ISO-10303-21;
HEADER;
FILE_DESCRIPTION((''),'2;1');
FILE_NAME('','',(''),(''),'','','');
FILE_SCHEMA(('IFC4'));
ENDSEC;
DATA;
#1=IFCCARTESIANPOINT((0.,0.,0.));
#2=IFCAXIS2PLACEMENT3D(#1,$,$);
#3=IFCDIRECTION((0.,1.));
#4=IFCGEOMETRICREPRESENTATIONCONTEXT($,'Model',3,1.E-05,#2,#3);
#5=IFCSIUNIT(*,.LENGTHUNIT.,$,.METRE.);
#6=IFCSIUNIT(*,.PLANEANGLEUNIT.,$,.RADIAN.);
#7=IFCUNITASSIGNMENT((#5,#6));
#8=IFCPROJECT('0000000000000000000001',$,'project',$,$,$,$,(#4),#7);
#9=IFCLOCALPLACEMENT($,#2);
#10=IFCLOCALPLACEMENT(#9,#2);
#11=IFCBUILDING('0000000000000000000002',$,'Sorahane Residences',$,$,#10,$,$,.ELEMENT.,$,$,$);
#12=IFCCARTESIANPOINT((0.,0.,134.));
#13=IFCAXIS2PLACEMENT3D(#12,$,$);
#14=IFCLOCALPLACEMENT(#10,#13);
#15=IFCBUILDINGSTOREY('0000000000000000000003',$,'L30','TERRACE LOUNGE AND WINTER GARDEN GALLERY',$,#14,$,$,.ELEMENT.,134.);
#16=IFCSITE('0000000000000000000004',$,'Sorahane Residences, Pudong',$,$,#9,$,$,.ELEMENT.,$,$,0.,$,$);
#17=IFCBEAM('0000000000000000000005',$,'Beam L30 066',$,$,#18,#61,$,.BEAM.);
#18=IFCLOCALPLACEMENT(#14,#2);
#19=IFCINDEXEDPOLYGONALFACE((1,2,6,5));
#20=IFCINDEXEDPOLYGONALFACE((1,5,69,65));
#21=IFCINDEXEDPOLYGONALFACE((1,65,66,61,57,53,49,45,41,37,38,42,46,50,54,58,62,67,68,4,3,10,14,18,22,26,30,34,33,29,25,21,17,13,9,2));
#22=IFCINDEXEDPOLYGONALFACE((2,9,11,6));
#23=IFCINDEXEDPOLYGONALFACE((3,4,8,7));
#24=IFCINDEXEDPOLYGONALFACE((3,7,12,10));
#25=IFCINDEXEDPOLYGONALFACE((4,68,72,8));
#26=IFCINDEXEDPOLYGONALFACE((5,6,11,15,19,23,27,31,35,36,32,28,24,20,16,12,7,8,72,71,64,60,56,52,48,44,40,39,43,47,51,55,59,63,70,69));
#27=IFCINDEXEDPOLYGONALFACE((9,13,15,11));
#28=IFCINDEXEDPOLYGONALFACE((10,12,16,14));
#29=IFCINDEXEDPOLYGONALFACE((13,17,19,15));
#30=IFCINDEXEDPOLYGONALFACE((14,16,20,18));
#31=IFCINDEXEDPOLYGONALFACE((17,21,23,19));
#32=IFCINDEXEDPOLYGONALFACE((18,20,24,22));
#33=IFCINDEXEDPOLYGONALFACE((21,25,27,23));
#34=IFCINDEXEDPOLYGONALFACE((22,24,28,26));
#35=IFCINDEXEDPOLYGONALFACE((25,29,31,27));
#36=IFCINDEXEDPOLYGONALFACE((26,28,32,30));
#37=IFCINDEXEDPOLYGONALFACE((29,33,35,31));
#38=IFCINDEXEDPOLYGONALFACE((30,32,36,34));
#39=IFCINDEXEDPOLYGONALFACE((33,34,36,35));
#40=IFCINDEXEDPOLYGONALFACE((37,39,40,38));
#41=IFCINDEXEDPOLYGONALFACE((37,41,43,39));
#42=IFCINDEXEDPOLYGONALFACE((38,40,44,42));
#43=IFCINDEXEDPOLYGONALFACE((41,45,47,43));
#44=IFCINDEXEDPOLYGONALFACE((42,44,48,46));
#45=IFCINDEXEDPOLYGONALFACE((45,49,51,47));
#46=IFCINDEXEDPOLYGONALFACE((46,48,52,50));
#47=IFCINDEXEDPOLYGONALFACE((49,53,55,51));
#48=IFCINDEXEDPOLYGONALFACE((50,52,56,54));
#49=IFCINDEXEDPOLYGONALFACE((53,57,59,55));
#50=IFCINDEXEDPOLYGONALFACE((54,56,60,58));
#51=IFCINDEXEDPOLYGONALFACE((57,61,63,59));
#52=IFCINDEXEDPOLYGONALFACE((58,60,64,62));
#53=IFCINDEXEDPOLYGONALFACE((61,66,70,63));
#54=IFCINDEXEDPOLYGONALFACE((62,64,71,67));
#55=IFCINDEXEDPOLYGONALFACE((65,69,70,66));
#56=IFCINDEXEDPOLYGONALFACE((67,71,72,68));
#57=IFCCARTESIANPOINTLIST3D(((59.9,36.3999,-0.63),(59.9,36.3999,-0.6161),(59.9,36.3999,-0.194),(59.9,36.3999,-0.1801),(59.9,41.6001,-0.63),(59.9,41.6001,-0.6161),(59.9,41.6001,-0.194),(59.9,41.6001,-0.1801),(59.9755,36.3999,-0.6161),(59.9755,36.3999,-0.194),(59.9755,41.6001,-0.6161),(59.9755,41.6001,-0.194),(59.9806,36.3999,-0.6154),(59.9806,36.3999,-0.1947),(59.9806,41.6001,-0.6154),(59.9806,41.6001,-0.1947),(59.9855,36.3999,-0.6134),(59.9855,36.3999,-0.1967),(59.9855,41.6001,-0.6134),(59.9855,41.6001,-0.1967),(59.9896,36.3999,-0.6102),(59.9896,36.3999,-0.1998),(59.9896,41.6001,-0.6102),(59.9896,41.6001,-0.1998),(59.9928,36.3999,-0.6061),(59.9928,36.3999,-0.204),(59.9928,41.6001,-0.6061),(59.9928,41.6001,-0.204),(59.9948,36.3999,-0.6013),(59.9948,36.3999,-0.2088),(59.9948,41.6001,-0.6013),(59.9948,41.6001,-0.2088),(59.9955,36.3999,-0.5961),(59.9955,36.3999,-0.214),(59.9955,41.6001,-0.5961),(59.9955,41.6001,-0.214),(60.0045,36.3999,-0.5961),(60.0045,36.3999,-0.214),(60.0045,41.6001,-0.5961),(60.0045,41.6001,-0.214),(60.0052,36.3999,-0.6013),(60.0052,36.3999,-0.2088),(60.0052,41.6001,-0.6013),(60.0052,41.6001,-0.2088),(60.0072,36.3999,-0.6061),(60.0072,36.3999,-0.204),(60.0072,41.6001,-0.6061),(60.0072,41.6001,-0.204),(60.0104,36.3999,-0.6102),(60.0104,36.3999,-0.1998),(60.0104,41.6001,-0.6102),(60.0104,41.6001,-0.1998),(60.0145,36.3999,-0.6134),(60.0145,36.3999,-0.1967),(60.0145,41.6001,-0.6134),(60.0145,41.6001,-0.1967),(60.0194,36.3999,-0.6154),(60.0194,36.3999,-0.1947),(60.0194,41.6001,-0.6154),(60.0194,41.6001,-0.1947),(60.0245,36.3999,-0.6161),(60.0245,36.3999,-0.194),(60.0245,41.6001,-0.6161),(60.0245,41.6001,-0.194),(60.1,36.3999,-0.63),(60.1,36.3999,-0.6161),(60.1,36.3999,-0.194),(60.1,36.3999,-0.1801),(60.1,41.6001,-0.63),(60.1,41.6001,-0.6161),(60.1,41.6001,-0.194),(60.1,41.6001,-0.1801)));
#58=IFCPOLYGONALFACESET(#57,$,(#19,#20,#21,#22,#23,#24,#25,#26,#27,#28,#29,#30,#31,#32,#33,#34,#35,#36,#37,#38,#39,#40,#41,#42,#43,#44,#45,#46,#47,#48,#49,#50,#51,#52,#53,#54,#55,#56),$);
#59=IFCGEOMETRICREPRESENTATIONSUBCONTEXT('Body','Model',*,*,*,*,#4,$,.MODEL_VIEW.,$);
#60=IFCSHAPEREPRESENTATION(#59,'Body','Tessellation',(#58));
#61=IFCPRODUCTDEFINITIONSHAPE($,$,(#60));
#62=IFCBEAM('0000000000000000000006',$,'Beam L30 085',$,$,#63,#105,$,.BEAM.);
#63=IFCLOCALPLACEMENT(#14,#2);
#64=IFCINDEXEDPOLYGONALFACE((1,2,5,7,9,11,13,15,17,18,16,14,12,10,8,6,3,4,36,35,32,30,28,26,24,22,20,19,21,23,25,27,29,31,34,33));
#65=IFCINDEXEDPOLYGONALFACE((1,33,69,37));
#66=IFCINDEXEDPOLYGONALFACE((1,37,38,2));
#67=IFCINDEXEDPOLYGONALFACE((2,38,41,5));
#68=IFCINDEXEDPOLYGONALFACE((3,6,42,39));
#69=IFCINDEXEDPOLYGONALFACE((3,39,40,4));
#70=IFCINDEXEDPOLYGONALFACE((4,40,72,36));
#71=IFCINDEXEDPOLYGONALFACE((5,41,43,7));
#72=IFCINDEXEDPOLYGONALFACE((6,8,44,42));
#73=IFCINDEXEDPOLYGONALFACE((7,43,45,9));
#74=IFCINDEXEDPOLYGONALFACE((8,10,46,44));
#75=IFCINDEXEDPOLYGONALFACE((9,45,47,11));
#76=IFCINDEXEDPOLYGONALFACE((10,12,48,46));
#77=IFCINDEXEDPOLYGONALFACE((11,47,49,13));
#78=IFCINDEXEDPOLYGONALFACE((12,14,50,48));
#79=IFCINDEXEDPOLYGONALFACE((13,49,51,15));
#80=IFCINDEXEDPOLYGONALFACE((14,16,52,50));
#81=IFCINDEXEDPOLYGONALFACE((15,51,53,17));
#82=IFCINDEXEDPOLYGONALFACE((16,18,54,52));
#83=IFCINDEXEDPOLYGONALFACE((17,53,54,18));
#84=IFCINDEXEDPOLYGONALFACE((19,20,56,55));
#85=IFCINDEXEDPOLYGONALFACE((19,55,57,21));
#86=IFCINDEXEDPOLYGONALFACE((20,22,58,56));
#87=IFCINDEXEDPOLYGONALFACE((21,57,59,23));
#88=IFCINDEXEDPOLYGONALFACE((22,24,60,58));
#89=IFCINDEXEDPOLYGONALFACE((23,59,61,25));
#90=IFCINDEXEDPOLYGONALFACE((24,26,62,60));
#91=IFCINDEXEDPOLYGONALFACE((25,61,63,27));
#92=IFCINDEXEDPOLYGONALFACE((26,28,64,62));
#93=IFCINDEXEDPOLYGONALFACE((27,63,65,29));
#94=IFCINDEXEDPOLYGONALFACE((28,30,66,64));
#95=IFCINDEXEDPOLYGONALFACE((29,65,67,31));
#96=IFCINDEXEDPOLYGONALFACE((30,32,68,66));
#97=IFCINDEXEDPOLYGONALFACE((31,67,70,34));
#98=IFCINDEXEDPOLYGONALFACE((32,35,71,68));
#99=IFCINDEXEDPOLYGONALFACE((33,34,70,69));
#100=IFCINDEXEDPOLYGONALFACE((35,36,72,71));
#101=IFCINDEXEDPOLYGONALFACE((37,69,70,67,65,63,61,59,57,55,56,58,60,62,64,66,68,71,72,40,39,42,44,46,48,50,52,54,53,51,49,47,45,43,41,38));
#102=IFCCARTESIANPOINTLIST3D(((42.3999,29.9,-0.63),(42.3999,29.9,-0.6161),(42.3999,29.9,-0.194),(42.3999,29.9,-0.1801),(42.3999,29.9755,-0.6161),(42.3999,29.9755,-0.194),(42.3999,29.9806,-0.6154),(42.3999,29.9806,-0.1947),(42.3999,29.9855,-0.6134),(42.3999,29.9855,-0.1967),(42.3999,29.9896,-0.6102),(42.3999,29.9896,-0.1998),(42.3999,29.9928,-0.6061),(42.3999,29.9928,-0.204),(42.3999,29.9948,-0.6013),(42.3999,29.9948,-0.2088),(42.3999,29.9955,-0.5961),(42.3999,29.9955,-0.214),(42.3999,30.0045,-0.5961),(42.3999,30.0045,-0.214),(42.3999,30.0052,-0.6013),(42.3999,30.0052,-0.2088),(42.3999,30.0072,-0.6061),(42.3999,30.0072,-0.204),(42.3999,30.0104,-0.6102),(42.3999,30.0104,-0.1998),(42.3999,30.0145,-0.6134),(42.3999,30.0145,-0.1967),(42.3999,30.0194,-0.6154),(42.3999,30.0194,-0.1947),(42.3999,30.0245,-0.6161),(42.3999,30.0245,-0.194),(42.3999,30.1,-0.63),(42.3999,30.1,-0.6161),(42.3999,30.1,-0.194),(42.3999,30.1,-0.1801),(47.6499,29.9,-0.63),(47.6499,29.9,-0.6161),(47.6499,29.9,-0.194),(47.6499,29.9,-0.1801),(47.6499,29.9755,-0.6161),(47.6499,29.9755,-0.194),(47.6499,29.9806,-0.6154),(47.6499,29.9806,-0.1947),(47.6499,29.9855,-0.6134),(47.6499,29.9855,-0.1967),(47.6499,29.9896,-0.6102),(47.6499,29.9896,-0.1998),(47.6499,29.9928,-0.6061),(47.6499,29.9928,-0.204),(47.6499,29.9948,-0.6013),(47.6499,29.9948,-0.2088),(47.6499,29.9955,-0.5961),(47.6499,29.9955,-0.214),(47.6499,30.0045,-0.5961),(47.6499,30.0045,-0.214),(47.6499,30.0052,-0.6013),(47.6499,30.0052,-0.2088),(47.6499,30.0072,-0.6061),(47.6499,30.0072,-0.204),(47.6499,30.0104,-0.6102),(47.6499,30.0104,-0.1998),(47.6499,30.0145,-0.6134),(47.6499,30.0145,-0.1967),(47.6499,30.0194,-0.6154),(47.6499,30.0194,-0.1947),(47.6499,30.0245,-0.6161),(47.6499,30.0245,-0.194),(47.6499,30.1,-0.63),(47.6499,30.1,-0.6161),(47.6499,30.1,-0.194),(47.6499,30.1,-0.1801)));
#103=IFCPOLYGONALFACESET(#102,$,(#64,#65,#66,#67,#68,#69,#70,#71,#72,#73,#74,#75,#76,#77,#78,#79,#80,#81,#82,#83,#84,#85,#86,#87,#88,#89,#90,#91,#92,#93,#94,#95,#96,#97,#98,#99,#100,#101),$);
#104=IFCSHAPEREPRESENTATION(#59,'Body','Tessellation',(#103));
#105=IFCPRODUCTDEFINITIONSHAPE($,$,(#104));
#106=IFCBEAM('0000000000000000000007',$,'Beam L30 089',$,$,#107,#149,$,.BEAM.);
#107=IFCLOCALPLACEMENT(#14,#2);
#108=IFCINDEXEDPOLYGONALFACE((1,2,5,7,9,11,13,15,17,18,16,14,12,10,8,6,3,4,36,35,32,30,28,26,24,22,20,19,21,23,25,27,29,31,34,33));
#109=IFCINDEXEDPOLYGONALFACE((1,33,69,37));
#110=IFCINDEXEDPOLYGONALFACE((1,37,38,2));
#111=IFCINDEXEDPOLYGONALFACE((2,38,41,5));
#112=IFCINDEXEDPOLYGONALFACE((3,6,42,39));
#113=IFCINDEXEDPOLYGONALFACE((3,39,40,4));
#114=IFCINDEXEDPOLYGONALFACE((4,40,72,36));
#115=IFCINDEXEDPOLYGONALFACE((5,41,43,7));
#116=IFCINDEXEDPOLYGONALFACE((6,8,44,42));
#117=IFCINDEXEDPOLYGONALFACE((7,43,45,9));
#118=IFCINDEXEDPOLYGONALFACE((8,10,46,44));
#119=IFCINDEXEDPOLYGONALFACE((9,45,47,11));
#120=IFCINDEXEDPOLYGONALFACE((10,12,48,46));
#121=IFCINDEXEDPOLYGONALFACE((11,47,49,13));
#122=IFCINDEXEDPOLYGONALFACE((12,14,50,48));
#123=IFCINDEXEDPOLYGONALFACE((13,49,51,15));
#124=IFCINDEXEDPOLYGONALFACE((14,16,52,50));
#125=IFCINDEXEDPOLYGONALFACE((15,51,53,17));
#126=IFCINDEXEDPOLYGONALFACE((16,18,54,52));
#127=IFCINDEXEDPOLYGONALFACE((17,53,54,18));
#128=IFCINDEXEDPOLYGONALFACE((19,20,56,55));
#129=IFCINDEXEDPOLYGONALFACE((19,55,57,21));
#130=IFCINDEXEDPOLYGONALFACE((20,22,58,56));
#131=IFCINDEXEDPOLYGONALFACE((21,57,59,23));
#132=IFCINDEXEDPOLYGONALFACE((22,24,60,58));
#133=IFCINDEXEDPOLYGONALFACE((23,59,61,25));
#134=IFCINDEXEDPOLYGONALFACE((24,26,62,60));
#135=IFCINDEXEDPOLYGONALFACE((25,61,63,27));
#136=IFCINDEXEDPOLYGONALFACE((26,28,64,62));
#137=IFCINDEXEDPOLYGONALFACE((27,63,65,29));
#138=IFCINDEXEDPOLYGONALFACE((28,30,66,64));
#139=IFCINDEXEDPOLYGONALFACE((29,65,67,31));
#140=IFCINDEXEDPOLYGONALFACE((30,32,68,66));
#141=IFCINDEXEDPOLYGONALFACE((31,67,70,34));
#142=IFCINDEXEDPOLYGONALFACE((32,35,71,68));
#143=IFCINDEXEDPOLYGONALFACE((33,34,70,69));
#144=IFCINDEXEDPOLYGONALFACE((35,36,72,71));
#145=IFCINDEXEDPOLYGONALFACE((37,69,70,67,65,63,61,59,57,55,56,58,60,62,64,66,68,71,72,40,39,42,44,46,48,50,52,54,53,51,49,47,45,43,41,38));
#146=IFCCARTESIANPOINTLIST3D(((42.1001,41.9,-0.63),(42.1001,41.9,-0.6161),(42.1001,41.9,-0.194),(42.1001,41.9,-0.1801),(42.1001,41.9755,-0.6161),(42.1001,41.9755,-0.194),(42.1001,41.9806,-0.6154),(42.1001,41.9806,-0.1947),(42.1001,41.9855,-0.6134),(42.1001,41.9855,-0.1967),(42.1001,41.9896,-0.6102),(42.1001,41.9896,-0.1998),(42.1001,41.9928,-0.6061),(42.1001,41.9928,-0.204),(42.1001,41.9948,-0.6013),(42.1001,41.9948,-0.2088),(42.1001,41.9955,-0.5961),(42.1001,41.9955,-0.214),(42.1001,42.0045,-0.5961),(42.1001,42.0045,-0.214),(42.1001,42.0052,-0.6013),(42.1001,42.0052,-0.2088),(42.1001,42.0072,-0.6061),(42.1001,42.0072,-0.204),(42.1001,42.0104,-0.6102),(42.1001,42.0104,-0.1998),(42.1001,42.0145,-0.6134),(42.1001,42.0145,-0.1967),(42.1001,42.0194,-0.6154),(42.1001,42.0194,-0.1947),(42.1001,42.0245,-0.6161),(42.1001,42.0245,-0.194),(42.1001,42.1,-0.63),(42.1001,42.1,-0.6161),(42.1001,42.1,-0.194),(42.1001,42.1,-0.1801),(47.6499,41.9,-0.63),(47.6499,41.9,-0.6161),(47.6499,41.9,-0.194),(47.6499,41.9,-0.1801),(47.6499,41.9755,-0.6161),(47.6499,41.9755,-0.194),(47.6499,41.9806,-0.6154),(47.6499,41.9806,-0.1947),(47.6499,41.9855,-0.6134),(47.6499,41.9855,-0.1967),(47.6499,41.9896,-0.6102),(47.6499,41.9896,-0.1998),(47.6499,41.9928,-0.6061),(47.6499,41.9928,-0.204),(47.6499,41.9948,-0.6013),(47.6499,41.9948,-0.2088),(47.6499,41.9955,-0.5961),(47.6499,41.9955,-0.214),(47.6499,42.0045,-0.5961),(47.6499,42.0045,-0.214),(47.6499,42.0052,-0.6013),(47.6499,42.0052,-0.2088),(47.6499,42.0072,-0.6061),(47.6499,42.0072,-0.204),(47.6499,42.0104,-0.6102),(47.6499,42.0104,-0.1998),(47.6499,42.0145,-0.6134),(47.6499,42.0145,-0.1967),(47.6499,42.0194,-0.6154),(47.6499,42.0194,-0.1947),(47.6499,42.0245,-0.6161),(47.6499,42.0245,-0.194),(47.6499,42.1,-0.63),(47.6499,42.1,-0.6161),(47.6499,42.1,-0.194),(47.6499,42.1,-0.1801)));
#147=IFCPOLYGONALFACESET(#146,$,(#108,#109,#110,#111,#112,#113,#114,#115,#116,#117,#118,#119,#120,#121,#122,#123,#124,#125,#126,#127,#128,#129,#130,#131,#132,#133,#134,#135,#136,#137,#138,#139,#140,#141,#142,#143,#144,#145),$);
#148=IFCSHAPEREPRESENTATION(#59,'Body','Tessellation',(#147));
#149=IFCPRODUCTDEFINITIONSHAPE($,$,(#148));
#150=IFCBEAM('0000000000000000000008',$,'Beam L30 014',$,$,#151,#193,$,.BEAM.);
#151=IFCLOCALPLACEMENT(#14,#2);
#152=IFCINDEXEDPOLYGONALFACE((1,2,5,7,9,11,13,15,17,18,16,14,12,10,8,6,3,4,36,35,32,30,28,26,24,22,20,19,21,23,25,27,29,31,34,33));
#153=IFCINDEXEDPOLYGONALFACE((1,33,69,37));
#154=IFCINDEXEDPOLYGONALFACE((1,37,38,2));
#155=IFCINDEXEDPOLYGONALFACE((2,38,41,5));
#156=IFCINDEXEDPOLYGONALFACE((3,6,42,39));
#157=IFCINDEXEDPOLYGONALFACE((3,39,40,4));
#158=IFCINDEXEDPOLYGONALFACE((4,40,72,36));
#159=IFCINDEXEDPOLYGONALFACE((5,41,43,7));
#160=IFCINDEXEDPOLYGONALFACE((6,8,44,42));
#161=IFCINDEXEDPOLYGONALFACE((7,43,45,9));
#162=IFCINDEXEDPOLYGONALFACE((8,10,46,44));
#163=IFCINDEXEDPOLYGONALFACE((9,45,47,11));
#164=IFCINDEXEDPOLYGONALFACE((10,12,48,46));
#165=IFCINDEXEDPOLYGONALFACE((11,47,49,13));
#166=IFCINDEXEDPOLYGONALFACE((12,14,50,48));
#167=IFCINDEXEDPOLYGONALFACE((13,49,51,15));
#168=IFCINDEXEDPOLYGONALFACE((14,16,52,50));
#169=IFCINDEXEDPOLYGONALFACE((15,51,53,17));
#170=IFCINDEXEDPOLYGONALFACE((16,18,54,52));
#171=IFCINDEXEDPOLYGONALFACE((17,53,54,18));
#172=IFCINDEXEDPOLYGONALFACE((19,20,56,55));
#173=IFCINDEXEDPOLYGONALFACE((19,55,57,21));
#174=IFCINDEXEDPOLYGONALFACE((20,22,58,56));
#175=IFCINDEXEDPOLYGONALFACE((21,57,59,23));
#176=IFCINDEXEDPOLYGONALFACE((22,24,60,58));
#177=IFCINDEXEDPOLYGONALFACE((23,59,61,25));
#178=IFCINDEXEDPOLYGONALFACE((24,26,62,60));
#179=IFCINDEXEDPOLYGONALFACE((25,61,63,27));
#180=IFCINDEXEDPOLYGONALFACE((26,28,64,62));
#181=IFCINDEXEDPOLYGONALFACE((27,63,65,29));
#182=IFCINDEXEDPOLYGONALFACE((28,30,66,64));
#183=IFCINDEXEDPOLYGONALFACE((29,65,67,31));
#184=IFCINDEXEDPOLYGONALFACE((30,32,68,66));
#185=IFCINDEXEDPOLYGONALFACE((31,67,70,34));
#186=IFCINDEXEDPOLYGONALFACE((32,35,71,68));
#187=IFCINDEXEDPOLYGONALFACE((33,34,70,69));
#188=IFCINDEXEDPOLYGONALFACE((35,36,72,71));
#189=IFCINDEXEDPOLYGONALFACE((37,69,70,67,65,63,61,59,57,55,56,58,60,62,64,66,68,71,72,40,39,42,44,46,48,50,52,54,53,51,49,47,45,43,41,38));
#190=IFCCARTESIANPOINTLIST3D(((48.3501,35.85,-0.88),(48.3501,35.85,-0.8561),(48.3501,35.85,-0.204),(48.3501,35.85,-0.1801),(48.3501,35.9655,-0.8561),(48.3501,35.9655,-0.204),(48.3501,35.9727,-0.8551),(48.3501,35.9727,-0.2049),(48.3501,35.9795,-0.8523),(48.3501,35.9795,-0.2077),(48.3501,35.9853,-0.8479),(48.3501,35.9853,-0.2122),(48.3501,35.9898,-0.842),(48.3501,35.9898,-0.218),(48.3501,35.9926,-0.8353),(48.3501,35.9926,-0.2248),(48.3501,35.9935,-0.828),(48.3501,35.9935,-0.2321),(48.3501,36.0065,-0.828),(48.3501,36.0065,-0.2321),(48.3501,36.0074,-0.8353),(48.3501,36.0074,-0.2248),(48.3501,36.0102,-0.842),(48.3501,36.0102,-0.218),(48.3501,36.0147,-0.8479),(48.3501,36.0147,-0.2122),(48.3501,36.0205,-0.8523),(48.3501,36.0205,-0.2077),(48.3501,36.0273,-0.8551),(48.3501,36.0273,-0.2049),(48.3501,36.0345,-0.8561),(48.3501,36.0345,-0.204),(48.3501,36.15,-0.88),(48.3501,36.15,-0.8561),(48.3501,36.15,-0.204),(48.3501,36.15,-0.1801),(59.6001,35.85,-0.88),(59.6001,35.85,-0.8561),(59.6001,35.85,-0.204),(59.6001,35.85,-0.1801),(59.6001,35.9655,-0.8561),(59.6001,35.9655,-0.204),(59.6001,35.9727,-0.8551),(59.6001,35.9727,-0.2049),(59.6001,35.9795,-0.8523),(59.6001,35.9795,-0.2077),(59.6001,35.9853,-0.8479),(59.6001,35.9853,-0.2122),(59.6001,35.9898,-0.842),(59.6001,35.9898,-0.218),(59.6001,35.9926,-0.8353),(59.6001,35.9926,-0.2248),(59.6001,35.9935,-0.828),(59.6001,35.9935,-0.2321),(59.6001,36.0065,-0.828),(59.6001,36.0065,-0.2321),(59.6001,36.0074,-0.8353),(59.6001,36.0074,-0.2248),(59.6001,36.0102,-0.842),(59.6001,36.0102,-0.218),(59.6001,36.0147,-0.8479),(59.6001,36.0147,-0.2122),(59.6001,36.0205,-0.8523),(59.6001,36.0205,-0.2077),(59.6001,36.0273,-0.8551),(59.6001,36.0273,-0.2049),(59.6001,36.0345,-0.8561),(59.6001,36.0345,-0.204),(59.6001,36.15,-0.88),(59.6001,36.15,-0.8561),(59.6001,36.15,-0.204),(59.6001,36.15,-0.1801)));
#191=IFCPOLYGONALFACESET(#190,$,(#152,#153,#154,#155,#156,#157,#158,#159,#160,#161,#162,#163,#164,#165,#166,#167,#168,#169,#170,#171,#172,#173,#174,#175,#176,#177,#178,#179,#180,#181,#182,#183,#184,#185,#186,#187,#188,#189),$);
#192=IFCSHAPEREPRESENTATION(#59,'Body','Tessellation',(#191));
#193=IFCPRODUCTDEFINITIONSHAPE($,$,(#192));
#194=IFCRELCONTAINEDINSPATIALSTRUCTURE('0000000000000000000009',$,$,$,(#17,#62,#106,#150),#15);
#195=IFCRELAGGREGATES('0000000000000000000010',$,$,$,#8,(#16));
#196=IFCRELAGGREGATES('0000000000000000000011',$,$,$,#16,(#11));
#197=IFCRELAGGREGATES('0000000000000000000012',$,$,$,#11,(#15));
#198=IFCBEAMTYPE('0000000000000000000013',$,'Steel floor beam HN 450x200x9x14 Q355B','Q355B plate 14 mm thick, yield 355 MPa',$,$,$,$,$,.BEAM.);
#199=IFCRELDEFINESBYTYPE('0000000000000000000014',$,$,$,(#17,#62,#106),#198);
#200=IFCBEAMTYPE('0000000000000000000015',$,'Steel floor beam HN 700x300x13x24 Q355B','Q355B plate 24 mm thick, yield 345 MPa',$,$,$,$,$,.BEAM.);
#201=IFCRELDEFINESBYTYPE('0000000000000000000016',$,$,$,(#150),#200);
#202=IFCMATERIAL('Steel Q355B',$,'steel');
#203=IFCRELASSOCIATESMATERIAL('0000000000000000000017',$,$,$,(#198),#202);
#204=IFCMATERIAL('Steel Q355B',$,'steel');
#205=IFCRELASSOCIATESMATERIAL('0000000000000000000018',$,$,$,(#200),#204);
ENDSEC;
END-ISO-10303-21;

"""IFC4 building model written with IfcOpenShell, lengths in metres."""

from ifc_helpers import new_model, si_unit, direction, frame, origin, origin_2d, place, context, subcontext, project, spatial, i_section, extrude, material, material_profile, profile_set, type_object, element, save


model = new_model("IFC4")

# Units and contexts
model_context = context("Model", 3, precision=1e-05, world=origin(), true_north=direction((0.0, 1.0)))
body_context = subcontext(model_context, "Body", "Model", "MODEL_VIEW")
ifc_project = project(units=[si_unit("LENGTHUNIT", "METRE"), si_unit("PLANEANGLEUNIT", "RADIAN")], contexts=[model_context])

# Site, building, storey
site_placement = place(None, origin())
site = spatial("IfcSite", under=ifc_project, at=site_placement, Name="Sorahane Residences, Pudong", CompositionType="ELEMENT", RefElevation=0.0)
building_placement = place(site_placement, origin())
building = spatial("IfcBuilding", under=site, at=building_placement, Name="Sorahane Residences", CompositionType="ELEMENT")
storey_placement = place(building_placement, frame((0.0, 0.0, 134.0)))
storey = spatial("IfcBuildingStorey", under=building, at=storey_placement, Name="L30", Description="TERRACE LOUNGE AND WINTER GARDEN GALLERY", CompositionType="ELEMENT", Elevation=134.0)

# Beams
ifc_material_1 = material(Name="Steel Q355B", Category="steel")
ifc_material_profile_1 = material_profile(ifc_material_1, i_section(OverallWidth=0.2, OverallDepth=0.45, WebThickness=0.009, FlangeThickness=0.0139, FilletRadius=0.02, at=origin_2d()), Name="HN 450x200x9x14")
ifc_profile_set_1 = profile_set([ifc_material_profile_1], Name="Steel Q355B")
beam_type_1 = type_object("IfcBeamType", Name="Steel floor beam HN 450x200x9x14 Q355B", Description="Q355B plate 14 mm thick, yield 355 MPa", PredefinedType="BEAM", material=ifc_profile_set_1)
beam_1_placement = place(storey_placement, frame((60.0, 36.3999, -0.405), z_axis=(0.0, 1.0, 0.0), x_axis=(-1.0, 0.0, 0.0)))
element("IfcBeam", 1, at=beam_1_placement, inside=storey, type_object=beam_type_1, Name="Beam L30 066", PredefinedType="BEAM", context=body_context, shape_type="SweptSolid", body=[
    extrude(i_section(OverallWidth=0.2, OverallDepth=0.45, WebThickness=0.009, FlangeThickness=0.0139, FilletRadius=0.02, at=origin_2d()), origin(), (0.0, 0.0, 1.0), 5.2002),
])
beam_2_placement = place(storey_placement, frame((42.3999, 30.0, -0.405), z_axis=(1.0, 0.0, 0.0), x_axis=(0.0, 1.0, 0.0)))
element("IfcBeam", 2, at=beam_2_placement, inside=storey, type_object=beam_type_1, Name="Beam L30 085", PredefinedType="BEAM", context=body_context, shape_type="SweptSolid", body=[
    extrude(i_section(OverallWidth=0.2, OverallDepth=0.45, WebThickness=0.009, FlangeThickness=0.0139, FilletRadius=0.02, at=origin_2d()), origin(), (0.0, 0.0, 1.0), 5.25),
])
beam_3_placement = place(storey_placement, frame((42.1001, 42.0, -0.405), z_axis=(1.0, 0.0, 0.0), x_axis=(0.0, 1.0, 0.0)))
element("IfcBeam", 3, at=beam_3_placement, inside=storey, type_object=beam_type_1, Name="Beam L30 089", PredefinedType="BEAM", context=body_context, shape_type="SweptSolid", body=[
    extrude(i_section(OverallWidth=0.2, OverallDepth=0.45, WebThickness=0.009, FlangeThickness=0.0139, FilletRadius=0.02, at=origin_2d()), origin(), (0.0, 0.0, 1.0), 5.5498),
])
ifc_material_2 = material(Name="Steel Q355B", Category="steel")
ifc_material_profile_2 = material_profile(ifc_material_2, i_section(OverallWidth=0.3, OverallDepth=0.7, WebThickness=0.0129, FlangeThickness=0.0239, FilletRadius=0.0281, at=origin_2d()), Name="HN 700x300x13x24")
ifc_profile_set_2 = profile_set([ifc_material_profile_2], Name="Steel Q355B")
beam_type_2 = type_object("IfcBeamType", Name="Steel floor beam HN 700x300x13x24 Q355B", Description="Q355B plate 24 mm thick, yield 345 MPa", PredefinedType="BEAM", material=ifc_profile_set_2)
beam_4_placement = place(storey_placement, frame((48.3501, 36.0, -0.53), z_axis=(1.0, 0.0, 0.0), x_axis=(0.0, 1.0, 0.0)))
element("IfcBeam", 4, at=beam_4_placement, inside=storey, type_object=beam_type_2, Name="Beam L30 014", PredefinedType="BEAM", context=body_context, shape_type="SweptSolid", body=[
    extrude(i_section(OverallWidth=0.3, OverallDepth=0.7, WebThickness=0.0129, FlangeThickness=0.0239, FilletRadius=0.0281, at=origin_2d()), origin(), (0.0, 0.0, 1.0), 11.25),
])

save(model, "model.ifc")
